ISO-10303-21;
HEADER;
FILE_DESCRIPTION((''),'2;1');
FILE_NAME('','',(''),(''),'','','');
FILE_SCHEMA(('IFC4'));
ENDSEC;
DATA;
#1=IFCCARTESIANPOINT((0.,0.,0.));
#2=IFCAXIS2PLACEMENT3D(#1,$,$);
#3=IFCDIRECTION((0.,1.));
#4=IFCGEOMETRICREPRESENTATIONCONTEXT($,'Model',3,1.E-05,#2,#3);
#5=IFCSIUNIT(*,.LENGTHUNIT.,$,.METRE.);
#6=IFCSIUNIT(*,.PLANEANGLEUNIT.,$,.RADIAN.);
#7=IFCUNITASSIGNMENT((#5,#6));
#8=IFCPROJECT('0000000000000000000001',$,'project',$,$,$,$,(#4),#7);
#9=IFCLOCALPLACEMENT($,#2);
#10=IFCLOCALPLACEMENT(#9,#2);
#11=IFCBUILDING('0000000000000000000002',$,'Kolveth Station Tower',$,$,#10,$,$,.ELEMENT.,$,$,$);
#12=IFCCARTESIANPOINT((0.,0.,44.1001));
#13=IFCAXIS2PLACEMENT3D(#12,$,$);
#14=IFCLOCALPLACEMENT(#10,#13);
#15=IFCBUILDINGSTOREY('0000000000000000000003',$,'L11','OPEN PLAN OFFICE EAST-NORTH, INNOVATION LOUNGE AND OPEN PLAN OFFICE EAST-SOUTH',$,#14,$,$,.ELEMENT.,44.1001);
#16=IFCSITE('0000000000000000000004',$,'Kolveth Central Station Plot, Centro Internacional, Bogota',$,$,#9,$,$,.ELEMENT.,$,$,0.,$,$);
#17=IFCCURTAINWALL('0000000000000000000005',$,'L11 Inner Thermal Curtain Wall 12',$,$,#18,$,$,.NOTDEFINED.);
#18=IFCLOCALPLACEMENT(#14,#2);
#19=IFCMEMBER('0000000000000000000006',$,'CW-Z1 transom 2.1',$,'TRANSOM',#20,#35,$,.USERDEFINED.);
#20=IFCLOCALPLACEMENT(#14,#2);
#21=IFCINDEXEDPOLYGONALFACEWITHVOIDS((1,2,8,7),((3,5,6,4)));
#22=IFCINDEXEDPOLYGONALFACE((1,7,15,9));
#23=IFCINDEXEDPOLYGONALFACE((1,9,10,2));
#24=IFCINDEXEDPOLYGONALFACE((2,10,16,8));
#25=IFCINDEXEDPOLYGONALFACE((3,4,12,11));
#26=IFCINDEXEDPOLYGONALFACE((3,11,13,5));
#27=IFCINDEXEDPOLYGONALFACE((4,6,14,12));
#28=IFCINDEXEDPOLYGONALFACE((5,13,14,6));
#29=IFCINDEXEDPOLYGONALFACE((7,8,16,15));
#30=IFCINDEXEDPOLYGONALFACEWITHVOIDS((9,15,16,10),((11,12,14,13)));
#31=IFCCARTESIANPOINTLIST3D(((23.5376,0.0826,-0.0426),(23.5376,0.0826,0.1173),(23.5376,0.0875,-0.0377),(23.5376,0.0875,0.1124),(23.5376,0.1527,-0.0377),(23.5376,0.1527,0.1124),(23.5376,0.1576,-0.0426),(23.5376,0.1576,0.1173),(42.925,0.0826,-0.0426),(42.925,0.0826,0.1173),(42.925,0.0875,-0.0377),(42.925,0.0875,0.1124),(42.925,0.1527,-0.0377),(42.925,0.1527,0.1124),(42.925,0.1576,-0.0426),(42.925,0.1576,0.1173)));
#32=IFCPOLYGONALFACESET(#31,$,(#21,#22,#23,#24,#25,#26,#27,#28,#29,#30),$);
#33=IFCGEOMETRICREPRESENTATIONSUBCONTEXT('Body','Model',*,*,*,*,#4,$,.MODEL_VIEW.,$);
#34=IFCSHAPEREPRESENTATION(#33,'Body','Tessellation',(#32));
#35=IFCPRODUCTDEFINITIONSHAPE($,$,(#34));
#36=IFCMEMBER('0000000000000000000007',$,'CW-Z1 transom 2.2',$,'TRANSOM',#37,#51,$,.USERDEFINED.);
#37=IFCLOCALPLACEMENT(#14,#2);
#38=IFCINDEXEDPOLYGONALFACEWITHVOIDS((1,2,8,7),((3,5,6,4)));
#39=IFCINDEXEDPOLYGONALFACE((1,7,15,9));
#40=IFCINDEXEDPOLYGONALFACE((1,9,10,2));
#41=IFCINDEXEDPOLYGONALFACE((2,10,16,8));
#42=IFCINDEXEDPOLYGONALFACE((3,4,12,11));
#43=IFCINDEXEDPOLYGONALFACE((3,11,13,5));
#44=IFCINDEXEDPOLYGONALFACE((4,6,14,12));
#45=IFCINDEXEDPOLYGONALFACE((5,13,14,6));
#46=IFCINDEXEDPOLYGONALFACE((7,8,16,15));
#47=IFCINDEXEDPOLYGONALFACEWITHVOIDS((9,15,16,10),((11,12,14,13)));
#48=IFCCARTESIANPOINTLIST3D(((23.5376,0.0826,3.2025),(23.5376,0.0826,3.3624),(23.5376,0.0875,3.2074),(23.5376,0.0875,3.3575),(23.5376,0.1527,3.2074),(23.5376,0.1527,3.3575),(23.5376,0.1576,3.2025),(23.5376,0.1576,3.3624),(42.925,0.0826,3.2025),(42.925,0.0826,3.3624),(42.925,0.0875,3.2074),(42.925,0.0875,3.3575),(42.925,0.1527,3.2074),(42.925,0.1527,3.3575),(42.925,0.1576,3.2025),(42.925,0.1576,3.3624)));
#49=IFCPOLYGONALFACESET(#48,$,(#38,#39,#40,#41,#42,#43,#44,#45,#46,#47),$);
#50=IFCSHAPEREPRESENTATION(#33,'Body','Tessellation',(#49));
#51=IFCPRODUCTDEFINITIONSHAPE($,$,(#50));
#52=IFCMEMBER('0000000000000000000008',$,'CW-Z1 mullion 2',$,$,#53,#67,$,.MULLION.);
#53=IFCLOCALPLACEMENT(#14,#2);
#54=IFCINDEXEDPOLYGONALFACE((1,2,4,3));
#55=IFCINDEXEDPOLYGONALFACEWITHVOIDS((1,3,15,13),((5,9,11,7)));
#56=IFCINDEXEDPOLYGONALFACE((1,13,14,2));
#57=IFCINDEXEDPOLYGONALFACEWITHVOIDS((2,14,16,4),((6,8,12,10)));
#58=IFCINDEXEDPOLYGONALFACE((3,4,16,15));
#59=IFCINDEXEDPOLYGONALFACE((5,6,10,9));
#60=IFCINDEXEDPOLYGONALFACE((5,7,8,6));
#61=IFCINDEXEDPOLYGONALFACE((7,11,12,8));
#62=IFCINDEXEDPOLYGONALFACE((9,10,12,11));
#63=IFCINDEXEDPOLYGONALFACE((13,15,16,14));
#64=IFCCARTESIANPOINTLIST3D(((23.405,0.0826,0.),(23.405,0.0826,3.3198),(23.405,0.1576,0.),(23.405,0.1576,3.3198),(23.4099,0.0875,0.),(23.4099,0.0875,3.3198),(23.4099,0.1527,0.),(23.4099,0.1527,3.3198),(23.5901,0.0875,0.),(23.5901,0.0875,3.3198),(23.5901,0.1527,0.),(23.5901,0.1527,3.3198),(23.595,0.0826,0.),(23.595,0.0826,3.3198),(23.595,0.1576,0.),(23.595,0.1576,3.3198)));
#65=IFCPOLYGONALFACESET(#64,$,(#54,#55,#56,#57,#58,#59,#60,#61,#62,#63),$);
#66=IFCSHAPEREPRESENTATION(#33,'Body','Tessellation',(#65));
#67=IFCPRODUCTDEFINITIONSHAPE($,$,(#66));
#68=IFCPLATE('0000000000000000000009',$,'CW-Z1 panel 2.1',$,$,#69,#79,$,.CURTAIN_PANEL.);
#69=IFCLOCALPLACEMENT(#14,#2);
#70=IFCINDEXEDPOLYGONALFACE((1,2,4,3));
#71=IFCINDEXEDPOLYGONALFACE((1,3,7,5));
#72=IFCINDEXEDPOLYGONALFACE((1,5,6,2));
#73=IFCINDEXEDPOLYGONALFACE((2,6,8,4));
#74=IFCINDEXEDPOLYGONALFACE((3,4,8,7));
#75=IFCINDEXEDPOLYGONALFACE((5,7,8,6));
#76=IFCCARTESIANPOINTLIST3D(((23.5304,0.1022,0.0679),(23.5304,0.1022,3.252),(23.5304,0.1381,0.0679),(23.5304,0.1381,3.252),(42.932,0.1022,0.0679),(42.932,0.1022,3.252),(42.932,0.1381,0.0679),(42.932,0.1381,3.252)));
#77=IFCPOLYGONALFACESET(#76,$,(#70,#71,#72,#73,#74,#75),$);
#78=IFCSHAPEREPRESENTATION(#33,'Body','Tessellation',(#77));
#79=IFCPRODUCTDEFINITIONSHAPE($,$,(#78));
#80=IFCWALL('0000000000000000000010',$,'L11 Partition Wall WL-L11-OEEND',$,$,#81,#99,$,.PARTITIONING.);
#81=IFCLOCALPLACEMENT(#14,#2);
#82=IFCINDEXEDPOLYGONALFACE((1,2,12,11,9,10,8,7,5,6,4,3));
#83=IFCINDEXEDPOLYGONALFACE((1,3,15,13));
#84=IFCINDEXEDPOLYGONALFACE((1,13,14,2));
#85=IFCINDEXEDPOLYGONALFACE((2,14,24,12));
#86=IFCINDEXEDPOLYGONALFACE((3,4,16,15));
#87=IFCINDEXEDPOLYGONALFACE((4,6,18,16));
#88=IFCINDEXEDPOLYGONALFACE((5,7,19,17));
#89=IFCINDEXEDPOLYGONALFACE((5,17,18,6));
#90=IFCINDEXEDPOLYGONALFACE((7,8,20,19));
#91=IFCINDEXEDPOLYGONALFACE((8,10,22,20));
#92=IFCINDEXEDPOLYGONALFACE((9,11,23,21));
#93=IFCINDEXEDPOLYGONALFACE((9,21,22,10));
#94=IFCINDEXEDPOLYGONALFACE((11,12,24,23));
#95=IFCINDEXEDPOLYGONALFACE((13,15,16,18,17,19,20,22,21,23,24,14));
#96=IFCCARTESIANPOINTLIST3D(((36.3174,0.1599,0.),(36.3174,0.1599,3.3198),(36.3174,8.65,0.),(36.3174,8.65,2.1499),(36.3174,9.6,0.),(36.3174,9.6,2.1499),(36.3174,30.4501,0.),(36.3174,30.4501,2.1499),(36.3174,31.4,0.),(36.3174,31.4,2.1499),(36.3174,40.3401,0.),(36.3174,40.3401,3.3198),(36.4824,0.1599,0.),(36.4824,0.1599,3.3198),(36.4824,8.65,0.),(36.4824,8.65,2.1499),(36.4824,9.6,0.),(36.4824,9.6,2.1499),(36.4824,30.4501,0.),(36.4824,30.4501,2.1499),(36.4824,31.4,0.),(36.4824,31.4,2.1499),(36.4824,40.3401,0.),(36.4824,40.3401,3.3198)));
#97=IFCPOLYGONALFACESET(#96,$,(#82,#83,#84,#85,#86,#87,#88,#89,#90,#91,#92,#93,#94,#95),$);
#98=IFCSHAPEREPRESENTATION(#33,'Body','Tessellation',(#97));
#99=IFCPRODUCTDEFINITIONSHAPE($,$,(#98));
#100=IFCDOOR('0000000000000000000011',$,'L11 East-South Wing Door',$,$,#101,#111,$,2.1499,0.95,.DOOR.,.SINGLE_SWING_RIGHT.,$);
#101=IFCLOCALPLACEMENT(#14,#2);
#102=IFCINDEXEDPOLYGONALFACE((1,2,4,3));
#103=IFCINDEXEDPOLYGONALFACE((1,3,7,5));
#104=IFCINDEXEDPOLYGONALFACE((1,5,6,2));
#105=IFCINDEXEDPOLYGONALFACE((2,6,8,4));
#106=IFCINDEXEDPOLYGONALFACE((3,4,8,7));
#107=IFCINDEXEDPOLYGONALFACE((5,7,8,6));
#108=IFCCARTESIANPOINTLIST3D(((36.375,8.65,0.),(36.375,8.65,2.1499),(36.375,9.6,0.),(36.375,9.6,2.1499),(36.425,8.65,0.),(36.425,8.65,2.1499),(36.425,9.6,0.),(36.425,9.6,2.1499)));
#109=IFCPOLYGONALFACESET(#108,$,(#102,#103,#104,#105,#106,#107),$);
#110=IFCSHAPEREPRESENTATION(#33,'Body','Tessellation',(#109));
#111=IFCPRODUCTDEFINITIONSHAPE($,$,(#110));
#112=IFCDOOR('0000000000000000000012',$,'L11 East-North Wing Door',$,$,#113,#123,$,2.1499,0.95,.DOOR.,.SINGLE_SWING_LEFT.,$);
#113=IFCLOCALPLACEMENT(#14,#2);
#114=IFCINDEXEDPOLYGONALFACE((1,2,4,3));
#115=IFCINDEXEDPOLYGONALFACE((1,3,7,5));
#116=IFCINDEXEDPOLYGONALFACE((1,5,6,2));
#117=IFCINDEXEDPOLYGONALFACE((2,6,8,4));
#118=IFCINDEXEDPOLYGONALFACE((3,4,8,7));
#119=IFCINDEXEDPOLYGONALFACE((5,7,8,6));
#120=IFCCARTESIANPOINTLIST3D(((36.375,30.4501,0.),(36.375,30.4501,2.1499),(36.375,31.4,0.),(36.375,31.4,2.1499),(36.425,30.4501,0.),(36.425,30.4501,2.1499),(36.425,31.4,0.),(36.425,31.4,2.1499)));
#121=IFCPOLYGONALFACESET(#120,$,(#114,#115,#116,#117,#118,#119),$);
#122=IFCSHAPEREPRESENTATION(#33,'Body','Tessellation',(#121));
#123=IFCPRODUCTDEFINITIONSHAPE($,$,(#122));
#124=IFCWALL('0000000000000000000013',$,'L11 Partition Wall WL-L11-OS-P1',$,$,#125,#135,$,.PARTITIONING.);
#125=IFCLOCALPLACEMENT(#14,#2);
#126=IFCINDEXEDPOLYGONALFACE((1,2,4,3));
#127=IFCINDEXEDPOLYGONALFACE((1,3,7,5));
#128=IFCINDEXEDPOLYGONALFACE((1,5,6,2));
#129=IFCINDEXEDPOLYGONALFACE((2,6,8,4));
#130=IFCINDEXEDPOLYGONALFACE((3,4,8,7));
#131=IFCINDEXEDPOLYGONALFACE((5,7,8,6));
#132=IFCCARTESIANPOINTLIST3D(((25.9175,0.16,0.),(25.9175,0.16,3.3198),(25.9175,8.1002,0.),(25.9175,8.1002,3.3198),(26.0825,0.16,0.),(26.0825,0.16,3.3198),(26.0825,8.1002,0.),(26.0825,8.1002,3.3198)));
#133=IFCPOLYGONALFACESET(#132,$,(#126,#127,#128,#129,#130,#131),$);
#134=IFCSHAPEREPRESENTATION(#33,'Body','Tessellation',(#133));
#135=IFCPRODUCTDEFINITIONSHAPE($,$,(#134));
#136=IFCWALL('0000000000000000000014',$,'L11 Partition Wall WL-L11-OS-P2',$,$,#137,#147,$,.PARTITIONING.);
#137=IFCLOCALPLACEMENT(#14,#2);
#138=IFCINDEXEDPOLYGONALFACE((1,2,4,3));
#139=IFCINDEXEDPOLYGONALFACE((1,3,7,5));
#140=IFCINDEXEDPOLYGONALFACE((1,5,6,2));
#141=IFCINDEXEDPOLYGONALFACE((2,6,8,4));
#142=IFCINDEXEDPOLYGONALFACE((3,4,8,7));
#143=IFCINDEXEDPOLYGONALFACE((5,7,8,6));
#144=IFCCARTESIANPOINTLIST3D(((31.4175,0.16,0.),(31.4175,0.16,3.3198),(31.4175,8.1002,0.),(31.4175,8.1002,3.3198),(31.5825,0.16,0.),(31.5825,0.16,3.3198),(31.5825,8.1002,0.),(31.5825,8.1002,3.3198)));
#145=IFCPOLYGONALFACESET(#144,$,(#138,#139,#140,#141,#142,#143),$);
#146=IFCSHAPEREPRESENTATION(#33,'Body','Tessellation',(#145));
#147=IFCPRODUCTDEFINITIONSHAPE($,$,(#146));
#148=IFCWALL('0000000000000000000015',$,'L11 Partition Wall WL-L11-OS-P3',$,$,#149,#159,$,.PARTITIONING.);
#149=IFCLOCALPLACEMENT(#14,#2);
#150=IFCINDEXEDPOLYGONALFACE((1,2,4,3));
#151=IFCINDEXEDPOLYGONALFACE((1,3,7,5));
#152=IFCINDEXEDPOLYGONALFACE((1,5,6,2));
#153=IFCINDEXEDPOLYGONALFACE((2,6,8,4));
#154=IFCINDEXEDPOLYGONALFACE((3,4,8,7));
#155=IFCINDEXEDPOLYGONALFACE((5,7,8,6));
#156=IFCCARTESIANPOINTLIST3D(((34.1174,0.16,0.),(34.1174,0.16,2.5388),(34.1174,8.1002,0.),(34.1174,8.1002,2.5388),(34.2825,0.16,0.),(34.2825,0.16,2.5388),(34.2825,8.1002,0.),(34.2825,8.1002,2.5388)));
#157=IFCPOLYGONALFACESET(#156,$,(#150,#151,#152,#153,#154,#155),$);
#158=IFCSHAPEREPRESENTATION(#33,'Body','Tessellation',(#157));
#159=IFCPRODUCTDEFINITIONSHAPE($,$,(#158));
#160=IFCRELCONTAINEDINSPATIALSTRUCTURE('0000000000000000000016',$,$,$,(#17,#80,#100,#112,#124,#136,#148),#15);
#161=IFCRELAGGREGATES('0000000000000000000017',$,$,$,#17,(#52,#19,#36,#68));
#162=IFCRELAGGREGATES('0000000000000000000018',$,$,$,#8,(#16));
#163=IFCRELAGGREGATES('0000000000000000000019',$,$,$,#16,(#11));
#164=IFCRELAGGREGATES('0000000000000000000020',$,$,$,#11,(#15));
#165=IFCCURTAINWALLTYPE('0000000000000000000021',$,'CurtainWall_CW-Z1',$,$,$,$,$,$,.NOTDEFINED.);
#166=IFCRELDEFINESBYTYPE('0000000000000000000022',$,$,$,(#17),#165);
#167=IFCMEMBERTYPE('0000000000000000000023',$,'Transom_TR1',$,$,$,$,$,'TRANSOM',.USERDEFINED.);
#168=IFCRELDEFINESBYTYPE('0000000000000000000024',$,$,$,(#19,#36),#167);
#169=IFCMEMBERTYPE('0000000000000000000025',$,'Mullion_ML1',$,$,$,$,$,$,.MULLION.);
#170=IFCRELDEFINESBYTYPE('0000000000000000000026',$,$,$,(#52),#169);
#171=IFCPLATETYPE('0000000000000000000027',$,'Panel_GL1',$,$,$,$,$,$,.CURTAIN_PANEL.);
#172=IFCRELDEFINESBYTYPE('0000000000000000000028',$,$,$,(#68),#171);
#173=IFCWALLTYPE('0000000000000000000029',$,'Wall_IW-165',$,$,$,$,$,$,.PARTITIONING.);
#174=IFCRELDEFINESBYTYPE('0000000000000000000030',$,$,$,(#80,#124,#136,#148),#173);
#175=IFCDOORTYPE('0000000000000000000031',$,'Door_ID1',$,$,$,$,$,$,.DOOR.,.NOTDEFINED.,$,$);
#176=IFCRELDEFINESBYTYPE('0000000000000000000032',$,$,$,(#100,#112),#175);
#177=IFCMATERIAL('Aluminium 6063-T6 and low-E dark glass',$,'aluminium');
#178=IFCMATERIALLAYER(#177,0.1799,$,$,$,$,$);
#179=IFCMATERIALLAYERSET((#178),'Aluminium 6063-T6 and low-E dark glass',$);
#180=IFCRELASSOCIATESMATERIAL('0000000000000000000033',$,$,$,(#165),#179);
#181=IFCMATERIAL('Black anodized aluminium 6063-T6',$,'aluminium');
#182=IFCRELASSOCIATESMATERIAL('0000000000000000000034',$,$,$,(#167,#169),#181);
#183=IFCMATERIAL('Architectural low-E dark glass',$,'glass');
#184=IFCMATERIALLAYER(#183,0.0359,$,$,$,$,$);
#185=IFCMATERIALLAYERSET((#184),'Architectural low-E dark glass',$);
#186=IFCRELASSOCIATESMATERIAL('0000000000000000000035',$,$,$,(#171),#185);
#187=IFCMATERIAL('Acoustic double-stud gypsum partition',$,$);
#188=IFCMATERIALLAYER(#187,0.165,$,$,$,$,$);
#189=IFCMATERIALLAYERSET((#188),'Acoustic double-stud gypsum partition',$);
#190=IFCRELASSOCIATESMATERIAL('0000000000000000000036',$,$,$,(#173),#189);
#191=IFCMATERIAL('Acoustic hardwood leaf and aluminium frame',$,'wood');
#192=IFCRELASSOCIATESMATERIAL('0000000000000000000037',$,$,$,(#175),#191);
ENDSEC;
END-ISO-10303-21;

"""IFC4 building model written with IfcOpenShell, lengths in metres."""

from ifc_helpers import new_model, si_unit, direction, frame, frame_2d, origin, origin_2d, place, context, subcontext, project, spatial, rectangle, hollow_rectangle, extrude, source, transform, mapped, material, layer, layer_set, material_profile, profile_set, type_object, element, fill, aggregate, save


model = new_model("IFC4")

# Units and contexts
model_context = context("Model", 3, precision=1e-05, world=origin(), true_north=direction((0.0, 1.0)))
body_context = subcontext(model_context, "Body", "Model", "MODEL_VIEW")
ifc_project = project(units=[si_unit("LENGTHUNIT", "METRE"), si_unit("PLANEANGLEUNIT", "RADIAN")], contexts=[model_context])

# Site, building, storey
site_placement = place(None, origin())
site = spatial("IfcSite", under=ifc_project, at=site_placement, Name="Kolveth Central Station Plot, Centro Internacional, Bogota", CompositionType="ELEMENT", RefElevation=0.0)
building_placement = place(site_placement, origin())
building = spatial("IfcBuilding", under=site, at=building_placement, Name="Kolveth Station Tower", CompositionType="ELEMENT")
storey_placement = place(building_placement, frame((0.0, 0.0, 44.1001)))
storey = spatial("IfcBuildingStorey", under=building, at=storey_placement, Name="L11", Description="OPEN PLAN OFFICE EAST-NORTH, INNOVATION LOUNGE AND OPEN PLAN OFFICE EAST-SOUTH", CompositionType="ELEMENT", Elevation=44.1001)

# Curtain wall, members, plate
ifc_material_1 = material(Name="Aluminium 6063-T6 and low-E dark glass", Category="aluminium")
ifc_layer_1 = layer(ifc_material_1, 0.1799)
ifc_layer_set_1 = layer_set([ifc_layer_1], Name="Aluminium 6063-T6 and low-E dark glass")
curtain_wall_type = type_object("IfcCurtainWallType", Name="CurtainWall_CW-Z1", PredefinedType="NOTDEFINED", material=ifc_layer_set_1)
curtain_wall_placement = place(storey_placement, origin())
curtain_wall = element("IfcCurtainWall", 1, at=curtain_wall_placement, inside=storey, type_object=curtain_wall_type, Name="L11 Inner Thermal Curtain Wall 12", PredefinedType="NOTDEFINED")
ifc_material_2 = material(Name="Black anodized aluminium 6063-T6", Category="aluminium")
ifc_material_profile_1 = material_profile(ifc_material_2, hollow_rectangle(XDim=0.075, YDim=0.1599, WallThickness=0.0049, at=origin_2d()), Name="ALU-75x160x5")
ifc_profile_set_1 = profile_set([ifc_material_profile_1], Name="Black anodized aluminium 6063-T6")
member_type_1 = type_object("IfcMemberType", Name="Transom_TR1", ElementType="TRANSOM", PredefinedType="USERDEFINED", material=ifc_profile_set_1)
shared_shape_1 = source(origin(), body_context, "Body", "SweptSolid", [
    extrude(hollow_rectangle(XDim=0.075, YDim=0.1599, WallThickness=0.0049, at=origin_2d()), origin(), (0.0, 0.0, 1.0), 19.3875),
])
member_1_placement = place(storey_placement, frame((23.5376, 0.1201, 0.0374), z_axis=(1.0, 0.0, 0.0), x_axis=(0.0, 1.0, 0.0)))
member_1 = element("IfcMember", 2, at=member_1_placement, type_object=member_type_1, Name="CW-Z1 transom 2.1", ObjectType="TRANSOM", PredefinedType="USERDEFINED", context=body_context, shape_type="MappedRepresentation", body=[
    mapped(shared_shape_1, transform((0.0, 0.0, 0.0), x_axis=(1.0, 0.0, 0.0), y_axis=(0.0, 1.0, 0.0), z_axis=(0.0, 0.0, 1.0), scale=1.0)),
])
member_2_placement = place(storey_placement, frame((23.5376, 0.1201, 3.2825), z_axis=(1.0, 0.0, 0.0), x_axis=(0.0, 1.0, 0.0)))
member_2 = element("IfcMember", 3, at=member_2_placement, type_object=member_type_1, Name="CW-Z1 transom 2.2", ObjectType="TRANSOM", PredefinedType="USERDEFINED", context=body_context, shape_type="MappedRepresentation", body=[
    mapped(shared_shape_1, transform((0.0, 0.0, 0.0), x_axis=(1.0, 0.0, 0.0), y_axis=(0.0, 1.0, 0.0), z_axis=(0.0, 0.0, 1.0), scale=1.0)),
])
ifc_material_profile_2 = material_profile(ifc_material_2, hollow_rectangle(XDim=0.075, YDim=0.1899, WallThickness=0.0049, at=origin_2d()), Name="ALU-75x190x5")
ifc_profile_set_2 = profile_set([ifc_material_profile_2], Name="Black anodized aluminium 6063-T6")
member_type_2 = type_object("IfcMemberType", Name="Mullion_ML1", PredefinedType="MULLION", material=ifc_profile_set_2)
shared_shape_2 = source(origin(), body_context, "Body", "SweptSolid", [
    extrude(hollow_rectangle(XDim=0.075, YDim=0.1899, WallThickness=0.0049, at=origin_2d()), origin(), (0.0, 0.0, 1.0), 3.3198),
])
member_3_placement = place(storey_placement, frame((23.5, 0.1201, 0.0), z_axis=(0.0, 0.0, 1.0), x_axis=(0.0, 1.0, 0.0)))
member_3 = element("IfcMember", 4, at=member_3_placement, type_object=member_type_2, Name="CW-Z1 mullion 2", PredefinedType="MULLION", context=body_context, shape_type="MappedRepresentation", body=[
    mapped(shared_shape_2, transform((0.0, 0.0, 0.0), x_axis=(1.0, 0.0, 0.0), y_axis=(0.0, 1.0, 0.0), z_axis=(0.0, 0.0, 1.0), scale=1.0)),
])
ifc_material_3 = material(Name="Architectural low-E dark glass", Category="glass")
ifc_layer_2 = layer(ifc_material_3, 0.0359)
ifc_layer_set_2 = layer_set([ifc_layer_2], Name="Architectural low-E dark glass")
plate_type = type_object("IfcPlateType", Name="Panel_GL1", PredefinedType="CURTAIN_PANEL", material=ifc_layer_set_2)
shared_shape_3 = source(origin(), body_context, "Body", "SweptSolid", [
    extrude(rectangle(XDim=19.4016, YDim=0.0359, at=origin_2d()), origin(), (0.0, 0.0, 1.0), 3.1841),
])
plate_placement = place(storey_placement, frame((33.2312, 0.1201, 0.0679), z_axis=(0.0, 0.0, 1.0), x_axis=(1.0, 0.0, 0.0)))
plate = element("IfcPlate", 5, at=plate_placement, type_object=plate_type, Name="CW-Z1 panel 2.1", PredefinedType="CURTAIN_PANEL", context=body_context, shape_type="MappedRepresentation", body=[
    mapped(shared_shape_3, transform((0.0, 0.0, 0.0), x_axis=(1.0, 0.0, 0.0), y_axis=(0.0, 1.0, 0.0), z_axis=(0.0, 0.0, 1.0), scale=1.0)),
])
aggregate(curtain_wall, [member_3, member_1, member_2, plate])

# Wall, openings, doors
ifc_material_4 = material(Name="Acoustic double-stud gypsum partition")
ifc_layer_3 = layer(ifc_material_4, 0.165)
ifc_layer_set_3 = layer_set([ifc_layer_3], Name="Acoustic double-stud gypsum partition")
wall_type = type_object("IfcWallType", Name="Wall_IW-165", PredefinedType="PARTITIONING", material=ifc_layer_set_3)
wall_1_placement = place(storey_placement, frame((36.3999, 0.1599, 0.0), z_axis=(0.0, 0.0, 1.0), x_axis=(0.0, 1.0, 0.0)))
wall_1 = element("IfcWall", 6, at=wall_1_placement, inside=storey, type_object=wall_type, Name="L11 Partition Wall WL-L11-OEEND", PredefinedType="PARTITIONING", context=body_context, shape_type="SweptSolid", body=[
    extrude(rectangle(XDim=40.1802, YDim=0.165, at=frame_2d((20.0901, 0.0))), origin(), (0.0, 0.0, 1.0), 3.3198),
])
opening_1_placement = place(wall_1_placement, frame((8.49, 0.0, 0.0)))
opening_1 = element("IfcOpeningElement", 7, at=opening_1_placement, cuts=wall_1, PredefinedType="OPENING", context=body_context, shape_type="SweptSolid", body=[
    extrude(rectangle(XDim=0.95, YDim=2.1499, at=frame_2d((0.4751, 1.075))), frame((0.0, 0.0925, 0.0), z_axis=(0.0, -1.0, 0.0), x_axis=(1.0, 0.0, 0.0)), (0.0, 0.0, 1.0), 0.1851),
])
opening_2_placement = place(wall_1_placement, frame((30.29, 0.0, 0.0)))
opening_2 = element("IfcOpeningElement", 8, at=opening_2_placement, cuts=wall_1, PredefinedType="OPENING", context=body_context, shape_type="SweptSolid", body=[
    extrude(rectangle(XDim=0.95, YDim=2.1499, at=frame_2d((0.4751, 1.075))), frame((0.0, 0.0925, 0.0), z_axis=(0.0, -1.0, 0.0), x_axis=(1.0, 0.0, 0.0)), (0.0, 0.0, 1.0), 0.1851),
])
ifc_material_5 = material(Name="Acoustic hardwood leaf and aluminium frame", Category="wood")
door_type = type_object("IfcDoorType", Name="Door_ID1", OperationType="NOTDEFINED", PredefinedType="DOOR", material=ifc_material_5)
door_1_placement = place(opening_1_placement, origin())
door_1 = element("IfcDoor", 9, at=door_1_placement, inside=storey, type_object=door_type, Name="L11 East-South Wing Door", OperationType="SINGLE_SWING_RIGHT", OverallHeight=2.1499, OverallWidth=0.95, PredefinedType="DOOR", context=body_context, shape_type="SweptSolid", body=[
    extrude(rectangle(XDim=0.95, YDim=2.1499, at=frame_2d((0.4751, 1.075))), frame((0.0, 0.0249, 0.0), z_axis=(0.0, -1.0, 0.0), x_axis=(1.0, 0.0, 0.0)), (0.0, 0.0, 1.0), 0.05),
])
fill(opening_1, door_1)
door_2_placement = place(opening_2_placement, origin())
door_2 = element("IfcDoor", 10, at=door_2_placement, inside=storey, type_object=door_type, Name="L11 East-North Wing Door", OperationType="SINGLE_SWING_LEFT", OverallHeight=2.1499, OverallWidth=0.95, PredefinedType="DOOR", context=body_context, shape_type="SweptSolid", body=[
    extrude(rectangle(XDim=0.95, YDim=2.1499, at=frame_2d((0.4751, 1.075))), frame((0.0, 0.0249, 0.0), z_axis=(0.0, -1.0, 0.0), x_axis=(1.0, 0.0, 0.0)), (0.0, 0.0, 1.0), 0.05),
])
fill(opening_2, door_2)

# Walls
for number, where, z_axis, x_axis, name in (
    (11, (26.0, 0.1599, 0.0), (0.0, 0.0, 1.0), (0.0, 1.0, 0.0), "L11 Partition Wall WL-L11-OS-P1"),
    (12, (31.5, 0.1599, 0.0), (0.0, 0.0, 1.0), (0.0, 1.0, 0.0), "L11 Partition Wall WL-L11-OS-P2"),
):
    element("IfcWall", number, at=place(storey_placement, frame(where, z_axis=z_axis, x_axis=x_axis)), inside=storey, type_object=wall_type, Name=name, PredefinedType="PARTITIONING", context=body_context, shape_type="SweptSolid", body=[
        extrude(rectangle(XDim=7.9402, YDim=0.165, at=frame_2d((3.9702, 0.0))), origin(), (0.0, 0.0, 1.0), 3.3198),
    ])
wall_2_placement = place(storey_placement, frame((34.2, 0.1599, 0.0), z_axis=(0.0, 0.0, 1.0), x_axis=(0.0, 1.0, 0.0)))
element("IfcWall", 13, at=wall_2_placement, inside=storey, type_object=wall_type, Name="L11 Partition Wall WL-L11-OS-P3", PredefinedType="PARTITIONING", context=body_context, shape_type="SweptSolid", body=[
    extrude(rectangle(XDim=7.9402, YDim=0.165, at=frame_2d((3.9702, 0.0))), origin(), (0.0, 0.0, 1.0), 2.5388),
])

save(model, "model.ifc")
